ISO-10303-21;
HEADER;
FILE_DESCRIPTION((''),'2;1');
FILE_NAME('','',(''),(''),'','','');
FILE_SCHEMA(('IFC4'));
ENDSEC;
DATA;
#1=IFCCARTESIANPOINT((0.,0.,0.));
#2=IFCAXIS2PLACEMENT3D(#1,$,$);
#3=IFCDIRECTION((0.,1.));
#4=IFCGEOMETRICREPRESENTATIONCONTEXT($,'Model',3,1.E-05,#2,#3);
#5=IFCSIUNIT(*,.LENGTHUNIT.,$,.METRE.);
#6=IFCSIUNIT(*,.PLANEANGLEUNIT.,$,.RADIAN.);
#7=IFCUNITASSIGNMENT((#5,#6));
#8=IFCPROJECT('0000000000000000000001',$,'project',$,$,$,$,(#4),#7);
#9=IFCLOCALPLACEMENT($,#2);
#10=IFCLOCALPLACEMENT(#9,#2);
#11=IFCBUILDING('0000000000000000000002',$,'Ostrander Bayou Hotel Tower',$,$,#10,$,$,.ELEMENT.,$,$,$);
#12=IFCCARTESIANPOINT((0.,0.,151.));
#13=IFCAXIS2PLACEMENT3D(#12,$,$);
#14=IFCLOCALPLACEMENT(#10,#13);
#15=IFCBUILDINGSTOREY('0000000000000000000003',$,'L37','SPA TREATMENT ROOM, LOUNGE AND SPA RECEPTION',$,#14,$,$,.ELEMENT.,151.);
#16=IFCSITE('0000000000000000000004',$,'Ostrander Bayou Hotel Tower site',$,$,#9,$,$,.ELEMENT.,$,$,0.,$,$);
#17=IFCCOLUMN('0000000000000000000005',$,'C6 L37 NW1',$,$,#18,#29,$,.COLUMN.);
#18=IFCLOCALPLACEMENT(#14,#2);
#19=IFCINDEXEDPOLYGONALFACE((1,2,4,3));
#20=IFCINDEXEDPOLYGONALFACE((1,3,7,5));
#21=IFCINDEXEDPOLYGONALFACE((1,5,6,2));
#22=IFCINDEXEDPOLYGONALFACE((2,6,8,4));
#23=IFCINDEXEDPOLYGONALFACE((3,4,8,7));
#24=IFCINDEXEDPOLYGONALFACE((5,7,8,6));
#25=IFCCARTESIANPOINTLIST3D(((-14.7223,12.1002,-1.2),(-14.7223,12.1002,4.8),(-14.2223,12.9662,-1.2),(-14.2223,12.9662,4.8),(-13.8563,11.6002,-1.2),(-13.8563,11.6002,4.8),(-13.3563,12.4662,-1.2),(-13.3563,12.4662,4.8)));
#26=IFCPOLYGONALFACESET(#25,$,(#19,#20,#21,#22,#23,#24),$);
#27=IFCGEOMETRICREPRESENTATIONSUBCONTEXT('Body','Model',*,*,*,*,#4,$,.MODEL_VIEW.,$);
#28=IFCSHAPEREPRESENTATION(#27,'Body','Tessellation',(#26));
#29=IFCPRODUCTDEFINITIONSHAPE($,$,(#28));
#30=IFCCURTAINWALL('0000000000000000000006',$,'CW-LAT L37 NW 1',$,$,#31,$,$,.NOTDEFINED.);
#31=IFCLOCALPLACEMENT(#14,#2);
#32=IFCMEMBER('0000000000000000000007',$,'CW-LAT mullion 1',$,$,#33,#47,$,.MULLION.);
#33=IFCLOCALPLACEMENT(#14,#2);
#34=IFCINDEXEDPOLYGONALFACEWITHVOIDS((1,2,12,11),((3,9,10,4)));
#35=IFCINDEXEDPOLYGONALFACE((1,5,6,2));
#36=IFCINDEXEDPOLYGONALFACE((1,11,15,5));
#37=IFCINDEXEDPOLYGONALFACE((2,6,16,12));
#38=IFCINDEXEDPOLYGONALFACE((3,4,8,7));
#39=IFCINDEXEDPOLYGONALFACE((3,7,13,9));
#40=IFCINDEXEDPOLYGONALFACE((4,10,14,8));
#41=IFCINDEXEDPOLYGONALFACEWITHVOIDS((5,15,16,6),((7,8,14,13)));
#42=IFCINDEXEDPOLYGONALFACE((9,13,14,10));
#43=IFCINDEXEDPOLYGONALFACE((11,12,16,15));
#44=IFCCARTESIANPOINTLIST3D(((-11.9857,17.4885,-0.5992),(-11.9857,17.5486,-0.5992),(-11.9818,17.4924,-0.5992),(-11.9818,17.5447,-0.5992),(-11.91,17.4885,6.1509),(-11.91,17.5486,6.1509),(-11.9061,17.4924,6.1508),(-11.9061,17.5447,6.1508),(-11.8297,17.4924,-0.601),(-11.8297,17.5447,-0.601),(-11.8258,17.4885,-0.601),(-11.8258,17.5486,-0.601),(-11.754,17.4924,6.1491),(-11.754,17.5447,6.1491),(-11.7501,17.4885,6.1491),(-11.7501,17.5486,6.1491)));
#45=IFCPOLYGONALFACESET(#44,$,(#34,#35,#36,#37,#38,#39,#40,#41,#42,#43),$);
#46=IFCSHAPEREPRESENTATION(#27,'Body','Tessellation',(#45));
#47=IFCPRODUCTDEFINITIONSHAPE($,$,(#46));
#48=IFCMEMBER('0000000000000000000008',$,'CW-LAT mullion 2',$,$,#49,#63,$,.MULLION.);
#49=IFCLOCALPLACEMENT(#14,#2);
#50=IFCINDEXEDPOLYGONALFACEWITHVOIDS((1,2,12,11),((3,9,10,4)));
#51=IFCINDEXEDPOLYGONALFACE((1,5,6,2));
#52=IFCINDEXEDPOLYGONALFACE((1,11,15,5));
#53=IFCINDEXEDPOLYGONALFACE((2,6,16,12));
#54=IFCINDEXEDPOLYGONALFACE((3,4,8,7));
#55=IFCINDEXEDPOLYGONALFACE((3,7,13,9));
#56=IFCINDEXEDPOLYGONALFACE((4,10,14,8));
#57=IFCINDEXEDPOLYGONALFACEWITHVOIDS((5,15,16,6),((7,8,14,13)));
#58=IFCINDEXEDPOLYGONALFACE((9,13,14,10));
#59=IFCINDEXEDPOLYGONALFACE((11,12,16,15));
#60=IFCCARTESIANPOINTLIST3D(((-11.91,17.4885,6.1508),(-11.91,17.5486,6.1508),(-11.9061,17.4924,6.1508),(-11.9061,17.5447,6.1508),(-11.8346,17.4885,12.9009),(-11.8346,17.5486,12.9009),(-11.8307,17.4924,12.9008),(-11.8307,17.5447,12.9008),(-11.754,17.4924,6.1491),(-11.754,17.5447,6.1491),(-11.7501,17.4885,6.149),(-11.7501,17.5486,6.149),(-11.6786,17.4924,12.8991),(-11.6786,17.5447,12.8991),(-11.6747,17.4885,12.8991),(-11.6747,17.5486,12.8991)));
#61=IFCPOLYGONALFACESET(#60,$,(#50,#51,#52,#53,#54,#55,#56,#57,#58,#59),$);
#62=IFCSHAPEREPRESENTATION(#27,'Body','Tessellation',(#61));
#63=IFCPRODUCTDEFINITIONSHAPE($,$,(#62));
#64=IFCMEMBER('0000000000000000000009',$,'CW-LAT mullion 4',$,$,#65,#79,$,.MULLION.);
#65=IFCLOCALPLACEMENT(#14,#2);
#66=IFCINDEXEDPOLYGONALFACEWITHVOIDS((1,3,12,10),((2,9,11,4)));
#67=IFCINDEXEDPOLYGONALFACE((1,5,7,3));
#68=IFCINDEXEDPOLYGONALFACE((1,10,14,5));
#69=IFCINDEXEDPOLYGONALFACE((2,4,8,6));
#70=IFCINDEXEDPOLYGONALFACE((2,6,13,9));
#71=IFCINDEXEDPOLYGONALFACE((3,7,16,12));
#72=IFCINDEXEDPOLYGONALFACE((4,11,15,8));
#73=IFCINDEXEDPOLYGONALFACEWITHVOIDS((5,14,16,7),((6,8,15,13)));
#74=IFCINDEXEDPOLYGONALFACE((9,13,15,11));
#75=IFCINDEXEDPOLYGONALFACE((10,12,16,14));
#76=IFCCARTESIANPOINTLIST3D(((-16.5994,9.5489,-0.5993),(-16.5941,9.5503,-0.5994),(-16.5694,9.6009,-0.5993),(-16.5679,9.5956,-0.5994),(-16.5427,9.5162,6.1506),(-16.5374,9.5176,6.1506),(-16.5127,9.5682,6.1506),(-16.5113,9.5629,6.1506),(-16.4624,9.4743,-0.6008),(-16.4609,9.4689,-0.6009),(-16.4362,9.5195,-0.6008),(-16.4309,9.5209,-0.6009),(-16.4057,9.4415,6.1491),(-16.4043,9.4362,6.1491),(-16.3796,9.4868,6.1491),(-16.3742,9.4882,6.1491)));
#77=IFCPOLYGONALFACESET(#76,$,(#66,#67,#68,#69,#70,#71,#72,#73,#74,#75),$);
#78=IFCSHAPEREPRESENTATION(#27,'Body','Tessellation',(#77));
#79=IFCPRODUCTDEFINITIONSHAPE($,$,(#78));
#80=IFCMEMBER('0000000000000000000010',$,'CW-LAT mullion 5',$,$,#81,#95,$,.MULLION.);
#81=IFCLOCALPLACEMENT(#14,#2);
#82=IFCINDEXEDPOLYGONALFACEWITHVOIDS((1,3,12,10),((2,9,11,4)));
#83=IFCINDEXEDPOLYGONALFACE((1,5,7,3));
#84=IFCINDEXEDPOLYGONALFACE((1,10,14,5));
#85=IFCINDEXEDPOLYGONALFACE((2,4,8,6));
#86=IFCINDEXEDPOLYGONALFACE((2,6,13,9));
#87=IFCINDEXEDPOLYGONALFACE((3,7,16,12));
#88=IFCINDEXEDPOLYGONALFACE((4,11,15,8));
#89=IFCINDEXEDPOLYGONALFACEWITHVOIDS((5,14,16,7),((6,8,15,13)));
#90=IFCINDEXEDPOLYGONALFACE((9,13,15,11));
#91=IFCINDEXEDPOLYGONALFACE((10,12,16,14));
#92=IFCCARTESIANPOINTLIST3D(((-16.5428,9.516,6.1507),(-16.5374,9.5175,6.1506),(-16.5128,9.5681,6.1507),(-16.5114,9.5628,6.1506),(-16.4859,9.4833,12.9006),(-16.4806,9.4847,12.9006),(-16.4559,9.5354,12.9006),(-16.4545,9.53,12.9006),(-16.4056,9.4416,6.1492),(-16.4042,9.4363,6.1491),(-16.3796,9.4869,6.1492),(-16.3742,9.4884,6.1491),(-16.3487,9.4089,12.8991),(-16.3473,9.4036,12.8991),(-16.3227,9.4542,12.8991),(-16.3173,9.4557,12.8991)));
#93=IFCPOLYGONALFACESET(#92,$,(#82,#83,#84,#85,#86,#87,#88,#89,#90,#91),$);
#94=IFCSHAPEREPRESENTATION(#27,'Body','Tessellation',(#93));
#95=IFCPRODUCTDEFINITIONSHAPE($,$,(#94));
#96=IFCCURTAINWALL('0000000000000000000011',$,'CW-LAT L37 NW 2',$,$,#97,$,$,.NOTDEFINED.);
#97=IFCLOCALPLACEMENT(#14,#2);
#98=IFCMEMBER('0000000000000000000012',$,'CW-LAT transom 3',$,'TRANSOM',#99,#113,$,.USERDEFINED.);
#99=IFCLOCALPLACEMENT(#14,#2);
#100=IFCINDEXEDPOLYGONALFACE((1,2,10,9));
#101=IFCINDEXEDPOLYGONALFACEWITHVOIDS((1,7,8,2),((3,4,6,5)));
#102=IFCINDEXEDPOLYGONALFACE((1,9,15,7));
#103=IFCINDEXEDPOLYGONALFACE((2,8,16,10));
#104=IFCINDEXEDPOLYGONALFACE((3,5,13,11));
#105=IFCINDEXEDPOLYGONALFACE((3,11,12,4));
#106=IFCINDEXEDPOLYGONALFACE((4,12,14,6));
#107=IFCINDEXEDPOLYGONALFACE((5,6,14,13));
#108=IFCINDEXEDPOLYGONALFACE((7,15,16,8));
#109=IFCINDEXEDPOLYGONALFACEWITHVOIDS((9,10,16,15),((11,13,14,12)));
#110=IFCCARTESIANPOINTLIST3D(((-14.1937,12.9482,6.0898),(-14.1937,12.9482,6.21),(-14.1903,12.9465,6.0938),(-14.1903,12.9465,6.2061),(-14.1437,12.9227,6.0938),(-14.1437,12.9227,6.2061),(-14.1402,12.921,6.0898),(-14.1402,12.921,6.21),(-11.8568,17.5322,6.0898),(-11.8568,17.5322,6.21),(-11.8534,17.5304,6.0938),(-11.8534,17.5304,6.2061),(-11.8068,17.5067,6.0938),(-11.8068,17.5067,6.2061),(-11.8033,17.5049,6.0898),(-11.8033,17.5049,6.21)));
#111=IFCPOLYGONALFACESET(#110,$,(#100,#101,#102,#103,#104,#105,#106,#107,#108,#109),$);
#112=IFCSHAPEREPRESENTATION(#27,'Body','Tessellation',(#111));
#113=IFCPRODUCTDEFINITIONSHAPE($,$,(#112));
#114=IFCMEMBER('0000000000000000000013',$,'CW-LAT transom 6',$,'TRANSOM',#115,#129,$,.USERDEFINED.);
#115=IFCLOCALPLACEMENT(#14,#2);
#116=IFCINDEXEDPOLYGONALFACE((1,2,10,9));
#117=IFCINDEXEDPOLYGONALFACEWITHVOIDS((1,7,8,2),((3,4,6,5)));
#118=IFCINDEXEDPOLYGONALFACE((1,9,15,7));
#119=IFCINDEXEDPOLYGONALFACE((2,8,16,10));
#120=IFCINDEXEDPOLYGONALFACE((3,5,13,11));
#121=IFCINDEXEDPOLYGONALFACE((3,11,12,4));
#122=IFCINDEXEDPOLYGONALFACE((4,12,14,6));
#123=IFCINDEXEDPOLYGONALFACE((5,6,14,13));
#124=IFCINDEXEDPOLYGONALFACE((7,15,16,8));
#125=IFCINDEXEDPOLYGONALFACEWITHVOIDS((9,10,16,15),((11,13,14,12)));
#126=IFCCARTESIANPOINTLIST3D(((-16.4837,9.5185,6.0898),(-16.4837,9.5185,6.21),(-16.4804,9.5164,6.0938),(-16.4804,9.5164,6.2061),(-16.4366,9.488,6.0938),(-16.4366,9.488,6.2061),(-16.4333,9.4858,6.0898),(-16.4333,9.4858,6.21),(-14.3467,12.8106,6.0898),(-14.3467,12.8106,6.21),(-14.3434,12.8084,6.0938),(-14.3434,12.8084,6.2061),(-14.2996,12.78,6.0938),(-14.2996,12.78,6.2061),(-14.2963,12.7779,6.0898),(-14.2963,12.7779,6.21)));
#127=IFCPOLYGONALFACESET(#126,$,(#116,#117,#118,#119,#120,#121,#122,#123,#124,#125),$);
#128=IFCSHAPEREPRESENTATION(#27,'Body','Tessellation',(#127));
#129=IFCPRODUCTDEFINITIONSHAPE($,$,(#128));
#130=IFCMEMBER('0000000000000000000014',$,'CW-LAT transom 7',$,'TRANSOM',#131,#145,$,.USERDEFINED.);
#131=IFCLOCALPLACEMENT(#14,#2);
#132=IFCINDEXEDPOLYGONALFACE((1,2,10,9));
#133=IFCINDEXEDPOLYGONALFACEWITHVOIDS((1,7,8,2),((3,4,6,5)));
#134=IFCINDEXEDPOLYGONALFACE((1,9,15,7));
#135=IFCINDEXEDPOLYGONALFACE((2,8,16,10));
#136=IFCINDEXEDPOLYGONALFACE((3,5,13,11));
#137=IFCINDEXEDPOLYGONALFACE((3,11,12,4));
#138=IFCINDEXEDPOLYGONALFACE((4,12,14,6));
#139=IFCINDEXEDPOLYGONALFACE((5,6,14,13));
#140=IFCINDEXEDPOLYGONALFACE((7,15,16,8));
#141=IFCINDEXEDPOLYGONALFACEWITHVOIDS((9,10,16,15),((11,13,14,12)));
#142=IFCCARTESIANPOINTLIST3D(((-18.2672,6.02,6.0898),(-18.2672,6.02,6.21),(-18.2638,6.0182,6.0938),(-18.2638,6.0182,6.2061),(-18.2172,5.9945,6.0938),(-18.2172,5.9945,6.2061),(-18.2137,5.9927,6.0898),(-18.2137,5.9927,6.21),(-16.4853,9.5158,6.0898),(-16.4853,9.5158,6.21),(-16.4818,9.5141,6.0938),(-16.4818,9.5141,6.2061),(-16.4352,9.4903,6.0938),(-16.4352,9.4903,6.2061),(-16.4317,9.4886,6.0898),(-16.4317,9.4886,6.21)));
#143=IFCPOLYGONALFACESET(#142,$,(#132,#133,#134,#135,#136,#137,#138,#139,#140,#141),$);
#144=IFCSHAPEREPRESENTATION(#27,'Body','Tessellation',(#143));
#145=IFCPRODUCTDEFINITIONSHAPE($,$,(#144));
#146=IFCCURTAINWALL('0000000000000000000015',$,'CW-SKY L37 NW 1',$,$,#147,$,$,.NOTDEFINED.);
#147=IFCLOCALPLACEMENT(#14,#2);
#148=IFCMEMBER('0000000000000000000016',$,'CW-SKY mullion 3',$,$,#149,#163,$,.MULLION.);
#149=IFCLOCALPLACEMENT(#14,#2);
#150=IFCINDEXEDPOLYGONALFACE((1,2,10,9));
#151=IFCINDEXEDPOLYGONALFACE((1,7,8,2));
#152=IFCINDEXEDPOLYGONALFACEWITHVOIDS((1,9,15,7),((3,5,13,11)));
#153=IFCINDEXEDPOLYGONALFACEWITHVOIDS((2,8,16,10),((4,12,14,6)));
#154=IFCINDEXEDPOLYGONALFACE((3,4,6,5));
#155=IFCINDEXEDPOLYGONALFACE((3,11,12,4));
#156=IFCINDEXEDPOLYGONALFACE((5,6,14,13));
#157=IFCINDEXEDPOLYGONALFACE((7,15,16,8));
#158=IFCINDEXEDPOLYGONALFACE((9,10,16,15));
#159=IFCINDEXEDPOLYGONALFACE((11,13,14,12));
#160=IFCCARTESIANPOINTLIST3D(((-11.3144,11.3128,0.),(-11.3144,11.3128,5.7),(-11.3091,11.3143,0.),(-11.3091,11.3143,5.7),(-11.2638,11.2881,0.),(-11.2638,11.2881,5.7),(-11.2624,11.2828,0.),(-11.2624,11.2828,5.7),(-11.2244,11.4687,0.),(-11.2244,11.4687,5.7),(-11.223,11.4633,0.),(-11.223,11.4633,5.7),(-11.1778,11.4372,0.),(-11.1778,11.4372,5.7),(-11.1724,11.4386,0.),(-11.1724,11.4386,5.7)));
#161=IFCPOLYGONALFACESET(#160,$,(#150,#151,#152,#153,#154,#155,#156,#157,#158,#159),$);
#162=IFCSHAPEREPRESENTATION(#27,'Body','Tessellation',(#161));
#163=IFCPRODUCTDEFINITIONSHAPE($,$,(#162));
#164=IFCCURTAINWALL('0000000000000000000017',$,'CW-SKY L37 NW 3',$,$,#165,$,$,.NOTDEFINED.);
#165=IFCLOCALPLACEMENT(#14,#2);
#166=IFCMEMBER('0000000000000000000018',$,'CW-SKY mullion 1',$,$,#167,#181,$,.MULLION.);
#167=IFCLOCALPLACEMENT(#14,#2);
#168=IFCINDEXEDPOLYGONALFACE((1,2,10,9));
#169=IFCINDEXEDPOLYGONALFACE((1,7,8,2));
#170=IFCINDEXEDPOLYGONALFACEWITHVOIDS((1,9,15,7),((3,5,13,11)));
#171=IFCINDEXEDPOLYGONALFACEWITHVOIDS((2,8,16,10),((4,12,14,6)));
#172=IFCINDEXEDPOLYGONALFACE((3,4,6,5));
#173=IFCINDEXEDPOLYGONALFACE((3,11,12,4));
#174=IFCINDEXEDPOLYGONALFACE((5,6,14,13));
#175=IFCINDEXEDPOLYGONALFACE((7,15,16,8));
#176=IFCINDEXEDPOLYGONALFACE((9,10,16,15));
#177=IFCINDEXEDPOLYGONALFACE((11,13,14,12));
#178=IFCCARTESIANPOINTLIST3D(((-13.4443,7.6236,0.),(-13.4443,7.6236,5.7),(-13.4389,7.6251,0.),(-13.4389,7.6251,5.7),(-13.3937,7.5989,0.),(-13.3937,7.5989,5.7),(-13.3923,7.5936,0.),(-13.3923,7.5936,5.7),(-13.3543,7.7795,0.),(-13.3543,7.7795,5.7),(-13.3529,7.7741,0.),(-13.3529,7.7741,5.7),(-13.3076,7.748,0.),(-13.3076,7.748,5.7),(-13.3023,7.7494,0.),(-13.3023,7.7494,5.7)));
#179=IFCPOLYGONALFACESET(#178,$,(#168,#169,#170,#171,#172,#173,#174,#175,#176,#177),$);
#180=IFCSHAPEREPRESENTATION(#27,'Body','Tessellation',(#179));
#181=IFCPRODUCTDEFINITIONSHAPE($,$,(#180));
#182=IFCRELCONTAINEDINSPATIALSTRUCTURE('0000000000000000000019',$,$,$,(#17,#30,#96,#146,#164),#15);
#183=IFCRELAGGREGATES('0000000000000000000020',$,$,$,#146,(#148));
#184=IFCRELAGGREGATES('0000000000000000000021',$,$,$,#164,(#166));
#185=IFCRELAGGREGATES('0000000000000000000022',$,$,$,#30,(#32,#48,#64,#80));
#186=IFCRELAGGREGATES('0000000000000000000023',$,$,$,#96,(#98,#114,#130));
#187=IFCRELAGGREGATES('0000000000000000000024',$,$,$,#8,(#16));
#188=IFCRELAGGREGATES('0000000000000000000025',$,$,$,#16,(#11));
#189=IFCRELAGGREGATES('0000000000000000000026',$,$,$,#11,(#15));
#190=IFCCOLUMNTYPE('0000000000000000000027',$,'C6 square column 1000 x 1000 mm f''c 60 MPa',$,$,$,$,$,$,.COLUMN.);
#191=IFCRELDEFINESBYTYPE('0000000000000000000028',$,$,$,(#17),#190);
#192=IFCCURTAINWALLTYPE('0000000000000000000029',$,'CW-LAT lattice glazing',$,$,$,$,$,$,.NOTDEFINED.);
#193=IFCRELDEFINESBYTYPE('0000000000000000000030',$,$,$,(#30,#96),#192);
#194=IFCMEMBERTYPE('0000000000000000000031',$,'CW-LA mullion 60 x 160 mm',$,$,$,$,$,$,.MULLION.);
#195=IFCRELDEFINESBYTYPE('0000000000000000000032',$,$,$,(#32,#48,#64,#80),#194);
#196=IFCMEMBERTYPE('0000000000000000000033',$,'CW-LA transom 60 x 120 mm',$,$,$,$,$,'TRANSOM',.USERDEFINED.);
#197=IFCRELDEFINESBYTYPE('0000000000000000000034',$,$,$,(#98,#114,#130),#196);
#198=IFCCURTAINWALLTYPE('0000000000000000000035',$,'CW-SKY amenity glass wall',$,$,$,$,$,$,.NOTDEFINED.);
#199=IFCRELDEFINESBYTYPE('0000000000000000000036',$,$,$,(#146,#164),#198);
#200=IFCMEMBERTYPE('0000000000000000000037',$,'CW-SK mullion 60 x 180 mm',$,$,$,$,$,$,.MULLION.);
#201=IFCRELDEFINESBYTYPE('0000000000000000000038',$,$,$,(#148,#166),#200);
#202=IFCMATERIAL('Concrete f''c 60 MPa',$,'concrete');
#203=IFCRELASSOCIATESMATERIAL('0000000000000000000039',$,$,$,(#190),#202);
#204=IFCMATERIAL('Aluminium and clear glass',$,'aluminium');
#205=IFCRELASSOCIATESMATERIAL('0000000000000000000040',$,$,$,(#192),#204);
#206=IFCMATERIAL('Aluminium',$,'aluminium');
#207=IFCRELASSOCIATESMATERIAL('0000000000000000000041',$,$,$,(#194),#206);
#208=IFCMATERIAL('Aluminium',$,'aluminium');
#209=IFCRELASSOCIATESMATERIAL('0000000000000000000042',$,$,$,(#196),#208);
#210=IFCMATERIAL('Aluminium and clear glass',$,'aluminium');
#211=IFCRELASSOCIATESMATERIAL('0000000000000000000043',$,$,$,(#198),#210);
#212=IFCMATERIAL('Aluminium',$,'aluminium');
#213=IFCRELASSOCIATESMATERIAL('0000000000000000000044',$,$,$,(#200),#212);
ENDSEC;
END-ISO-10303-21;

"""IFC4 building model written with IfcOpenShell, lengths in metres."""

from ifc_helpers import new_model, si_unit, direction, frame, origin, origin_2d, place, context, subcontext, project, spatial, rectangle, hollow_rectangle, extrude, material, material_profile, profile_set, type_object, element, aggregate, save


model = new_model("IFC4")

# Units and contexts
model_context = context("Model", 3, precision=1e-05, world=origin(), true_north=direction((0.0, 1.0)))
body_context = subcontext(model_context, "Body", "Model", "MODEL_VIEW")
ifc_project = project(units=[si_unit("LENGTHUNIT", "METRE"), si_unit("PLANEANGLEUNIT", "RADIAN")], contexts=[model_context])

# Site, building, storey
site_placement = place(None, origin())
site = spatial("IfcSite", under=ifc_project, at=site_placement, Name="Ostrander Bayou Hotel Tower site", CompositionType="ELEMENT", RefElevation=0.0)
building_placement = place(site_placement, origin())
building = spatial("IfcBuilding", under=site, at=building_placement, Name="Ostrander Bayou Hotel Tower", CompositionType="ELEMENT")
storey_placement = place(building_placement, frame((0.0, 0.0, 151.0)))
storey = spatial("IfcBuildingStorey", under=building, at=storey_placement, Name="L37", Description="SPA TREATMENT ROOM, LOUNGE AND SPA RECEPTION", CompositionType="ELEMENT", Elevation=151.0)

# Column
ifc_material_1 = material(Name="Concrete f'c 60 MPa", Category="concrete")
ifc_material_profile_1 = material_profile(ifc_material_1, rectangle(XDim=1.0, YDim=1.0, at=origin_2d()))
ifc_profile_set_1 = profile_set([ifc_material_profile_1], Name="Concrete f'c 60 MPa")
column_type = type_object("IfcColumnType", Name="C6 square column 1000 x 1000 mm f'c 60 MPa", PredefinedType="COLUMN", material=ifc_profile_set_1)
column_placement = place(storey_placement, frame((-14.0393, 12.2832, -1.2), z_axis=(0.0, 0.0, 1.0), x_axis=(0.5, 0.866025, 0.0)))
element("IfcColumn", 1, at=column_placement, inside=storey, type_object=column_type, Name="C6 L37 NW1", PredefinedType="COLUMN", context=body_context, shape_type="SweptSolid", body=[
    extrude(rectangle(XDim=1.0, YDim=1.0, at=origin_2d()), origin(), (0.0, 0.0, 1.0), 6.0),
])

# Curtain walls, members
ifc_material_2 = material(Name="Aluminium and clear glass", Category="aluminium")
curtain_wall_type_1 = type_object("IfcCurtainWallType", Name="CW-LAT lattice glazing", PredefinedType="NOTDEFINED", material=ifc_material_2)
curtain_wall_1_placement = place(storey_placement, origin())
curtain_wall_1 = element("IfcCurtainWall", 2, at=curtain_wall_1_placement, inside=storey, type_object=curtain_wall_type_1, Name="CW-LAT L37 NW 1", PredefinedType="NOTDEFINED")
ifc_material_3 = material(Name="Aluminium", Category="aluminium")
ifc_material_profile_2 = material_profile(ifc_material_3, hollow_rectangle(XDim=0.0601, YDim=0.1599, WallThickness=0.0039, at=origin_2d()))
ifc_profile_set_2 = profile_set([ifc_material_profile_2], Name="Aluminium")
member_type_1 = type_object("IfcMemberType", Name="CW-LA mullion 60 x 160 mm", PredefinedType="MULLION", material=ifc_profile_set_2)
member_1_placement = place(storey_placement, frame((-11.9058, 17.5186, -0.6001), z_axis=(0.011212, 0.0, 0.999937), x_axis=(0.0, 1.0, 0.0)))
member_1 = element("IfcMember", 3, at=member_1_placement, type_object=member_type_1, Name="CW-LAT mullion 1", PredefinedType="MULLION", context=body_context, shape_type="SweptSolid", body=[
    extrude(hollow_rectangle(XDim=0.0601, YDim=0.1599, WallThickness=0.0039, at=origin_2d()), origin(), (0.0, 0.0, 1.0), 6.7505),
])
member_2_placement = place(storey_placement, frame((-11.8301, 17.5186, 6.1499), z_axis=(0.011176, 0.0, 0.999938), x_axis=(0.0, 1.0, 0.0)))
member_2 = element("IfcMember", 4, at=member_2_placement, type_object=member_type_1, Name="CW-LAT mullion 2", PredefinedType="MULLION", context=body_context, shape_type="SweptSolid", body=[
    extrude(hollow_rectangle(XDim=0.0601, YDim=0.1599, WallThickness=0.0039, at=origin_2d()), origin(), (0.0, 0.0, 1.0), 6.7505),
])
member_3_placement = place(storey_placement, frame((-16.5151, 9.5349, -0.6001), z_axis=(0.008391, -0.004846, 0.999953), x_axis=(0.500153, 0.865937, 0.0)))
member_3 = element("IfcMember", 5, at=member_3_placement, type_object=member_type_1, Name="CW-LAT mullion 4", PredefinedType="MULLION", context=body_context, shape_type="SweptSolid", body=[
    extrude(hollow_rectangle(XDim=0.0601, YDim=0.1599, WallThickness=0.0039, at=origin_2d()), origin(), (0.0, 0.0, 1.0), 6.7502),
])
member_4_placement = place(storey_placement, frame((-16.4585, 9.5022, 6.1499), z_axis=(0.008427, -0.004846, 0.999953), x_axis=(0.498541, 0.866866, 0.0)))
member_4 = element("IfcMember", 6, at=member_4_placement, type_object=member_type_1, Name="CW-LAT mullion 5", PredefinedType="MULLION", context=body_context, shape_type="SweptSolid", body=[
    extrude(hollow_rectangle(XDim=0.0601, YDim=0.1599, WallThickness=0.0039, at=origin_2d()), origin(), (0.0, 0.0, 1.0), 6.7502),
])
curtain_wall_2_placement = place(storey_placement, origin())
curtain_wall_2 = element("IfcCurtainWall", 7, at=curtain_wall_2_placement, inside=storey, type_object=curtain_wall_type_1, Name="CW-LAT L37 NW 2", PredefinedType="NOTDEFINED")
ifc_material_4 = material(Name="Aluminium", Category="aluminium")
ifc_material_profile_3 = material_profile(ifc_material_4, hollow_rectangle(XDim=0.0601, YDim=0.1201, WallThickness=0.0039, at=origin_2d()))
ifc_profile_set_3 = profile_set([ifc_material_profile_3], Name="Aluminium")
member_type_2 = type_object("IfcMemberType", Name="CW-LA transom 60 x 120 mm", ElementType="TRANSOM", PredefinedType="USERDEFINED", material=ifc_profile_set_3)
member_5_placement = place(storey_placement, frame((-11.8301, 17.5186, 6.1499), z_axis=(-0.454184, -0.890908, 0.0), x_axis=(0.890908, -0.454184, 0.0)))
member_5 = element("IfcMember", 8, at=member_5_placement, type_object=member_type_2, Name="CW-LAT transom 3", ObjectType="TRANSOM", PredefinedType="USERDEFINED", context=body_context, shape_type="SweptSolid", body=[
    extrude(hollow_rectangle(XDim=0.0601, YDim=0.1201, WallThickness=0.0039, at=origin_2d()), origin(), (0.0, 0.0, 1.0), 5.1453),
])
member_6_placement = place(storey_placement, frame((-16.4585, 9.5022, 6.1499), z_axis=(0.544481, 0.838773, 0.0), x_axis=(-0.838773, 0.544481, 0.0)))
member_6 = element("IfcMember", 9, at=member_6_placement, type_object=member_type_2, Name="CW-LAT transom 6", ObjectType="TRANSOM", PredefinedType="USERDEFINED", context=body_context, shape_type="SweptSolid", body=[
    extrude(hollow_rectangle(XDim=0.0601, YDim=0.1201, WallThickness=0.0039, at=origin_2d()), origin(), (0.0, 0.0, 1.0), 3.9248),
])
member_7_placement = place(storey_placement, frame((-16.4585, 9.5022, 6.1499), z_axis=(-0.454144, -0.890928, 0.0), x_axis=(0.890928, -0.454144, 0.0)))
member_7 = element("IfcMember", 10, at=member_7_placement, type_object=member_type_2, Name="CW-LAT transom 7", ObjectType="TRANSOM", PredefinedType="USERDEFINED", context=body_context, shape_type="SweptSolid", body=[
    extrude(hollow_rectangle(XDim=0.0601, YDim=0.1201, WallThickness=0.0039, at=origin_2d()), origin(), (0.0, 0.0, 1.0), 3.9238),
])

# Curtain wall, member
ifc_material_5 = material(Name="Aluminium and clear glass", Category="aluminium")
curtain_wall_type_2 = type_object("IfcCurtainWallType", Name="CW-SKY amenity glass wall", PredefinedType="NOTDEFINED", material=ifc_material_5)
curtain_wall_3_placement = place(storey_placement, origin())
curtain_wall_3 = element("IfcCurtainWall", 11, at=curtain_wall_3_placement, inside=storey, type_object=curtain_wall_type_2, Name="CW-SKY L37 NW 1", PredefinedType="NOTDEFINED")
ifc_material_6 = material(Name="Aluminium", Category="aluminium")
ifc_material_profile_4 = material_profile(ifc_material_6, hollow_rectangle(XDim=0.0601, YDim=0.1799, WallThickness=0.0039, at=origin_2d()))
ifc_profile_set_4 = profile_set([ifc_material_profile_4], Name="Aluminium")
member_type_3 = type_object("IfcMemberType", Name="CW-SK mullion 60 x 180 mm", PredefinedType="MULLION", material=ifc_profile_set_4)
member_8_placement = place(storey_placement, frame((-11.2434, 11.3757, 0.0), z_axis=(0.0, 0.0, 1.0), x_axis=(0.866025, -0.5, 0.0)))
member_8 = element("IfcMember", 12, at=member_8_placement, type_object=member_type_3, Name="CW-SKY mullion 3", PredefinedType="MULLION", context=body_context, shape_type="SweptSolid", body=[
    extrude(hollow_rectangle(XDim=0.0601, YDim=0.1799, WallThickness=0.0039, at=origin_2d()), origin(), (0.0, 0.0, 1.0), 5.7),
])
aggregate(curtain_wall_3, [member_8])

# Curtain wall, member
curtain_wall_4_placement = place(storey_placement, origin())
curtain_wall_4 = element("IfcCurtainWall", 13, at=curtain_wall_4_placement, inside=storey, type_object=curtain_wall_type_2, Name="CW-SKY L37 NW 3", PredefinedType="NOTDEFINED")
member_9_placement = place(storey_placement, frame((-13.3733, 7.6865, 0.0), z_axis=(0.0, 0.0, 1.0), x_axis=(0.866025, -0.5, 0.0)))
member_9 = element("IfcMember", 14, at=member_9_placement, type_object=member_type_3, Name="CW-SKY mullion 1", PredefinedType="MULLION", context=body_context, shape_type="SweptSolid", body=[
    extrude(hollow_rectangle(XDim=0.0601, YDim=0.1799, WallThickness=0.0039, at=origin_2d()), origin(), (0.0, 0.0, 1.0), 5.7),
])
aggregate(curtain_wall_4, [member_9])

aggregate(curtain_wall_1, [member_1, member_2, member_3, member_4])
aggregate(curtain_wall_2, [member_5, member_6, member_7])

save(model, "model.ifc")
